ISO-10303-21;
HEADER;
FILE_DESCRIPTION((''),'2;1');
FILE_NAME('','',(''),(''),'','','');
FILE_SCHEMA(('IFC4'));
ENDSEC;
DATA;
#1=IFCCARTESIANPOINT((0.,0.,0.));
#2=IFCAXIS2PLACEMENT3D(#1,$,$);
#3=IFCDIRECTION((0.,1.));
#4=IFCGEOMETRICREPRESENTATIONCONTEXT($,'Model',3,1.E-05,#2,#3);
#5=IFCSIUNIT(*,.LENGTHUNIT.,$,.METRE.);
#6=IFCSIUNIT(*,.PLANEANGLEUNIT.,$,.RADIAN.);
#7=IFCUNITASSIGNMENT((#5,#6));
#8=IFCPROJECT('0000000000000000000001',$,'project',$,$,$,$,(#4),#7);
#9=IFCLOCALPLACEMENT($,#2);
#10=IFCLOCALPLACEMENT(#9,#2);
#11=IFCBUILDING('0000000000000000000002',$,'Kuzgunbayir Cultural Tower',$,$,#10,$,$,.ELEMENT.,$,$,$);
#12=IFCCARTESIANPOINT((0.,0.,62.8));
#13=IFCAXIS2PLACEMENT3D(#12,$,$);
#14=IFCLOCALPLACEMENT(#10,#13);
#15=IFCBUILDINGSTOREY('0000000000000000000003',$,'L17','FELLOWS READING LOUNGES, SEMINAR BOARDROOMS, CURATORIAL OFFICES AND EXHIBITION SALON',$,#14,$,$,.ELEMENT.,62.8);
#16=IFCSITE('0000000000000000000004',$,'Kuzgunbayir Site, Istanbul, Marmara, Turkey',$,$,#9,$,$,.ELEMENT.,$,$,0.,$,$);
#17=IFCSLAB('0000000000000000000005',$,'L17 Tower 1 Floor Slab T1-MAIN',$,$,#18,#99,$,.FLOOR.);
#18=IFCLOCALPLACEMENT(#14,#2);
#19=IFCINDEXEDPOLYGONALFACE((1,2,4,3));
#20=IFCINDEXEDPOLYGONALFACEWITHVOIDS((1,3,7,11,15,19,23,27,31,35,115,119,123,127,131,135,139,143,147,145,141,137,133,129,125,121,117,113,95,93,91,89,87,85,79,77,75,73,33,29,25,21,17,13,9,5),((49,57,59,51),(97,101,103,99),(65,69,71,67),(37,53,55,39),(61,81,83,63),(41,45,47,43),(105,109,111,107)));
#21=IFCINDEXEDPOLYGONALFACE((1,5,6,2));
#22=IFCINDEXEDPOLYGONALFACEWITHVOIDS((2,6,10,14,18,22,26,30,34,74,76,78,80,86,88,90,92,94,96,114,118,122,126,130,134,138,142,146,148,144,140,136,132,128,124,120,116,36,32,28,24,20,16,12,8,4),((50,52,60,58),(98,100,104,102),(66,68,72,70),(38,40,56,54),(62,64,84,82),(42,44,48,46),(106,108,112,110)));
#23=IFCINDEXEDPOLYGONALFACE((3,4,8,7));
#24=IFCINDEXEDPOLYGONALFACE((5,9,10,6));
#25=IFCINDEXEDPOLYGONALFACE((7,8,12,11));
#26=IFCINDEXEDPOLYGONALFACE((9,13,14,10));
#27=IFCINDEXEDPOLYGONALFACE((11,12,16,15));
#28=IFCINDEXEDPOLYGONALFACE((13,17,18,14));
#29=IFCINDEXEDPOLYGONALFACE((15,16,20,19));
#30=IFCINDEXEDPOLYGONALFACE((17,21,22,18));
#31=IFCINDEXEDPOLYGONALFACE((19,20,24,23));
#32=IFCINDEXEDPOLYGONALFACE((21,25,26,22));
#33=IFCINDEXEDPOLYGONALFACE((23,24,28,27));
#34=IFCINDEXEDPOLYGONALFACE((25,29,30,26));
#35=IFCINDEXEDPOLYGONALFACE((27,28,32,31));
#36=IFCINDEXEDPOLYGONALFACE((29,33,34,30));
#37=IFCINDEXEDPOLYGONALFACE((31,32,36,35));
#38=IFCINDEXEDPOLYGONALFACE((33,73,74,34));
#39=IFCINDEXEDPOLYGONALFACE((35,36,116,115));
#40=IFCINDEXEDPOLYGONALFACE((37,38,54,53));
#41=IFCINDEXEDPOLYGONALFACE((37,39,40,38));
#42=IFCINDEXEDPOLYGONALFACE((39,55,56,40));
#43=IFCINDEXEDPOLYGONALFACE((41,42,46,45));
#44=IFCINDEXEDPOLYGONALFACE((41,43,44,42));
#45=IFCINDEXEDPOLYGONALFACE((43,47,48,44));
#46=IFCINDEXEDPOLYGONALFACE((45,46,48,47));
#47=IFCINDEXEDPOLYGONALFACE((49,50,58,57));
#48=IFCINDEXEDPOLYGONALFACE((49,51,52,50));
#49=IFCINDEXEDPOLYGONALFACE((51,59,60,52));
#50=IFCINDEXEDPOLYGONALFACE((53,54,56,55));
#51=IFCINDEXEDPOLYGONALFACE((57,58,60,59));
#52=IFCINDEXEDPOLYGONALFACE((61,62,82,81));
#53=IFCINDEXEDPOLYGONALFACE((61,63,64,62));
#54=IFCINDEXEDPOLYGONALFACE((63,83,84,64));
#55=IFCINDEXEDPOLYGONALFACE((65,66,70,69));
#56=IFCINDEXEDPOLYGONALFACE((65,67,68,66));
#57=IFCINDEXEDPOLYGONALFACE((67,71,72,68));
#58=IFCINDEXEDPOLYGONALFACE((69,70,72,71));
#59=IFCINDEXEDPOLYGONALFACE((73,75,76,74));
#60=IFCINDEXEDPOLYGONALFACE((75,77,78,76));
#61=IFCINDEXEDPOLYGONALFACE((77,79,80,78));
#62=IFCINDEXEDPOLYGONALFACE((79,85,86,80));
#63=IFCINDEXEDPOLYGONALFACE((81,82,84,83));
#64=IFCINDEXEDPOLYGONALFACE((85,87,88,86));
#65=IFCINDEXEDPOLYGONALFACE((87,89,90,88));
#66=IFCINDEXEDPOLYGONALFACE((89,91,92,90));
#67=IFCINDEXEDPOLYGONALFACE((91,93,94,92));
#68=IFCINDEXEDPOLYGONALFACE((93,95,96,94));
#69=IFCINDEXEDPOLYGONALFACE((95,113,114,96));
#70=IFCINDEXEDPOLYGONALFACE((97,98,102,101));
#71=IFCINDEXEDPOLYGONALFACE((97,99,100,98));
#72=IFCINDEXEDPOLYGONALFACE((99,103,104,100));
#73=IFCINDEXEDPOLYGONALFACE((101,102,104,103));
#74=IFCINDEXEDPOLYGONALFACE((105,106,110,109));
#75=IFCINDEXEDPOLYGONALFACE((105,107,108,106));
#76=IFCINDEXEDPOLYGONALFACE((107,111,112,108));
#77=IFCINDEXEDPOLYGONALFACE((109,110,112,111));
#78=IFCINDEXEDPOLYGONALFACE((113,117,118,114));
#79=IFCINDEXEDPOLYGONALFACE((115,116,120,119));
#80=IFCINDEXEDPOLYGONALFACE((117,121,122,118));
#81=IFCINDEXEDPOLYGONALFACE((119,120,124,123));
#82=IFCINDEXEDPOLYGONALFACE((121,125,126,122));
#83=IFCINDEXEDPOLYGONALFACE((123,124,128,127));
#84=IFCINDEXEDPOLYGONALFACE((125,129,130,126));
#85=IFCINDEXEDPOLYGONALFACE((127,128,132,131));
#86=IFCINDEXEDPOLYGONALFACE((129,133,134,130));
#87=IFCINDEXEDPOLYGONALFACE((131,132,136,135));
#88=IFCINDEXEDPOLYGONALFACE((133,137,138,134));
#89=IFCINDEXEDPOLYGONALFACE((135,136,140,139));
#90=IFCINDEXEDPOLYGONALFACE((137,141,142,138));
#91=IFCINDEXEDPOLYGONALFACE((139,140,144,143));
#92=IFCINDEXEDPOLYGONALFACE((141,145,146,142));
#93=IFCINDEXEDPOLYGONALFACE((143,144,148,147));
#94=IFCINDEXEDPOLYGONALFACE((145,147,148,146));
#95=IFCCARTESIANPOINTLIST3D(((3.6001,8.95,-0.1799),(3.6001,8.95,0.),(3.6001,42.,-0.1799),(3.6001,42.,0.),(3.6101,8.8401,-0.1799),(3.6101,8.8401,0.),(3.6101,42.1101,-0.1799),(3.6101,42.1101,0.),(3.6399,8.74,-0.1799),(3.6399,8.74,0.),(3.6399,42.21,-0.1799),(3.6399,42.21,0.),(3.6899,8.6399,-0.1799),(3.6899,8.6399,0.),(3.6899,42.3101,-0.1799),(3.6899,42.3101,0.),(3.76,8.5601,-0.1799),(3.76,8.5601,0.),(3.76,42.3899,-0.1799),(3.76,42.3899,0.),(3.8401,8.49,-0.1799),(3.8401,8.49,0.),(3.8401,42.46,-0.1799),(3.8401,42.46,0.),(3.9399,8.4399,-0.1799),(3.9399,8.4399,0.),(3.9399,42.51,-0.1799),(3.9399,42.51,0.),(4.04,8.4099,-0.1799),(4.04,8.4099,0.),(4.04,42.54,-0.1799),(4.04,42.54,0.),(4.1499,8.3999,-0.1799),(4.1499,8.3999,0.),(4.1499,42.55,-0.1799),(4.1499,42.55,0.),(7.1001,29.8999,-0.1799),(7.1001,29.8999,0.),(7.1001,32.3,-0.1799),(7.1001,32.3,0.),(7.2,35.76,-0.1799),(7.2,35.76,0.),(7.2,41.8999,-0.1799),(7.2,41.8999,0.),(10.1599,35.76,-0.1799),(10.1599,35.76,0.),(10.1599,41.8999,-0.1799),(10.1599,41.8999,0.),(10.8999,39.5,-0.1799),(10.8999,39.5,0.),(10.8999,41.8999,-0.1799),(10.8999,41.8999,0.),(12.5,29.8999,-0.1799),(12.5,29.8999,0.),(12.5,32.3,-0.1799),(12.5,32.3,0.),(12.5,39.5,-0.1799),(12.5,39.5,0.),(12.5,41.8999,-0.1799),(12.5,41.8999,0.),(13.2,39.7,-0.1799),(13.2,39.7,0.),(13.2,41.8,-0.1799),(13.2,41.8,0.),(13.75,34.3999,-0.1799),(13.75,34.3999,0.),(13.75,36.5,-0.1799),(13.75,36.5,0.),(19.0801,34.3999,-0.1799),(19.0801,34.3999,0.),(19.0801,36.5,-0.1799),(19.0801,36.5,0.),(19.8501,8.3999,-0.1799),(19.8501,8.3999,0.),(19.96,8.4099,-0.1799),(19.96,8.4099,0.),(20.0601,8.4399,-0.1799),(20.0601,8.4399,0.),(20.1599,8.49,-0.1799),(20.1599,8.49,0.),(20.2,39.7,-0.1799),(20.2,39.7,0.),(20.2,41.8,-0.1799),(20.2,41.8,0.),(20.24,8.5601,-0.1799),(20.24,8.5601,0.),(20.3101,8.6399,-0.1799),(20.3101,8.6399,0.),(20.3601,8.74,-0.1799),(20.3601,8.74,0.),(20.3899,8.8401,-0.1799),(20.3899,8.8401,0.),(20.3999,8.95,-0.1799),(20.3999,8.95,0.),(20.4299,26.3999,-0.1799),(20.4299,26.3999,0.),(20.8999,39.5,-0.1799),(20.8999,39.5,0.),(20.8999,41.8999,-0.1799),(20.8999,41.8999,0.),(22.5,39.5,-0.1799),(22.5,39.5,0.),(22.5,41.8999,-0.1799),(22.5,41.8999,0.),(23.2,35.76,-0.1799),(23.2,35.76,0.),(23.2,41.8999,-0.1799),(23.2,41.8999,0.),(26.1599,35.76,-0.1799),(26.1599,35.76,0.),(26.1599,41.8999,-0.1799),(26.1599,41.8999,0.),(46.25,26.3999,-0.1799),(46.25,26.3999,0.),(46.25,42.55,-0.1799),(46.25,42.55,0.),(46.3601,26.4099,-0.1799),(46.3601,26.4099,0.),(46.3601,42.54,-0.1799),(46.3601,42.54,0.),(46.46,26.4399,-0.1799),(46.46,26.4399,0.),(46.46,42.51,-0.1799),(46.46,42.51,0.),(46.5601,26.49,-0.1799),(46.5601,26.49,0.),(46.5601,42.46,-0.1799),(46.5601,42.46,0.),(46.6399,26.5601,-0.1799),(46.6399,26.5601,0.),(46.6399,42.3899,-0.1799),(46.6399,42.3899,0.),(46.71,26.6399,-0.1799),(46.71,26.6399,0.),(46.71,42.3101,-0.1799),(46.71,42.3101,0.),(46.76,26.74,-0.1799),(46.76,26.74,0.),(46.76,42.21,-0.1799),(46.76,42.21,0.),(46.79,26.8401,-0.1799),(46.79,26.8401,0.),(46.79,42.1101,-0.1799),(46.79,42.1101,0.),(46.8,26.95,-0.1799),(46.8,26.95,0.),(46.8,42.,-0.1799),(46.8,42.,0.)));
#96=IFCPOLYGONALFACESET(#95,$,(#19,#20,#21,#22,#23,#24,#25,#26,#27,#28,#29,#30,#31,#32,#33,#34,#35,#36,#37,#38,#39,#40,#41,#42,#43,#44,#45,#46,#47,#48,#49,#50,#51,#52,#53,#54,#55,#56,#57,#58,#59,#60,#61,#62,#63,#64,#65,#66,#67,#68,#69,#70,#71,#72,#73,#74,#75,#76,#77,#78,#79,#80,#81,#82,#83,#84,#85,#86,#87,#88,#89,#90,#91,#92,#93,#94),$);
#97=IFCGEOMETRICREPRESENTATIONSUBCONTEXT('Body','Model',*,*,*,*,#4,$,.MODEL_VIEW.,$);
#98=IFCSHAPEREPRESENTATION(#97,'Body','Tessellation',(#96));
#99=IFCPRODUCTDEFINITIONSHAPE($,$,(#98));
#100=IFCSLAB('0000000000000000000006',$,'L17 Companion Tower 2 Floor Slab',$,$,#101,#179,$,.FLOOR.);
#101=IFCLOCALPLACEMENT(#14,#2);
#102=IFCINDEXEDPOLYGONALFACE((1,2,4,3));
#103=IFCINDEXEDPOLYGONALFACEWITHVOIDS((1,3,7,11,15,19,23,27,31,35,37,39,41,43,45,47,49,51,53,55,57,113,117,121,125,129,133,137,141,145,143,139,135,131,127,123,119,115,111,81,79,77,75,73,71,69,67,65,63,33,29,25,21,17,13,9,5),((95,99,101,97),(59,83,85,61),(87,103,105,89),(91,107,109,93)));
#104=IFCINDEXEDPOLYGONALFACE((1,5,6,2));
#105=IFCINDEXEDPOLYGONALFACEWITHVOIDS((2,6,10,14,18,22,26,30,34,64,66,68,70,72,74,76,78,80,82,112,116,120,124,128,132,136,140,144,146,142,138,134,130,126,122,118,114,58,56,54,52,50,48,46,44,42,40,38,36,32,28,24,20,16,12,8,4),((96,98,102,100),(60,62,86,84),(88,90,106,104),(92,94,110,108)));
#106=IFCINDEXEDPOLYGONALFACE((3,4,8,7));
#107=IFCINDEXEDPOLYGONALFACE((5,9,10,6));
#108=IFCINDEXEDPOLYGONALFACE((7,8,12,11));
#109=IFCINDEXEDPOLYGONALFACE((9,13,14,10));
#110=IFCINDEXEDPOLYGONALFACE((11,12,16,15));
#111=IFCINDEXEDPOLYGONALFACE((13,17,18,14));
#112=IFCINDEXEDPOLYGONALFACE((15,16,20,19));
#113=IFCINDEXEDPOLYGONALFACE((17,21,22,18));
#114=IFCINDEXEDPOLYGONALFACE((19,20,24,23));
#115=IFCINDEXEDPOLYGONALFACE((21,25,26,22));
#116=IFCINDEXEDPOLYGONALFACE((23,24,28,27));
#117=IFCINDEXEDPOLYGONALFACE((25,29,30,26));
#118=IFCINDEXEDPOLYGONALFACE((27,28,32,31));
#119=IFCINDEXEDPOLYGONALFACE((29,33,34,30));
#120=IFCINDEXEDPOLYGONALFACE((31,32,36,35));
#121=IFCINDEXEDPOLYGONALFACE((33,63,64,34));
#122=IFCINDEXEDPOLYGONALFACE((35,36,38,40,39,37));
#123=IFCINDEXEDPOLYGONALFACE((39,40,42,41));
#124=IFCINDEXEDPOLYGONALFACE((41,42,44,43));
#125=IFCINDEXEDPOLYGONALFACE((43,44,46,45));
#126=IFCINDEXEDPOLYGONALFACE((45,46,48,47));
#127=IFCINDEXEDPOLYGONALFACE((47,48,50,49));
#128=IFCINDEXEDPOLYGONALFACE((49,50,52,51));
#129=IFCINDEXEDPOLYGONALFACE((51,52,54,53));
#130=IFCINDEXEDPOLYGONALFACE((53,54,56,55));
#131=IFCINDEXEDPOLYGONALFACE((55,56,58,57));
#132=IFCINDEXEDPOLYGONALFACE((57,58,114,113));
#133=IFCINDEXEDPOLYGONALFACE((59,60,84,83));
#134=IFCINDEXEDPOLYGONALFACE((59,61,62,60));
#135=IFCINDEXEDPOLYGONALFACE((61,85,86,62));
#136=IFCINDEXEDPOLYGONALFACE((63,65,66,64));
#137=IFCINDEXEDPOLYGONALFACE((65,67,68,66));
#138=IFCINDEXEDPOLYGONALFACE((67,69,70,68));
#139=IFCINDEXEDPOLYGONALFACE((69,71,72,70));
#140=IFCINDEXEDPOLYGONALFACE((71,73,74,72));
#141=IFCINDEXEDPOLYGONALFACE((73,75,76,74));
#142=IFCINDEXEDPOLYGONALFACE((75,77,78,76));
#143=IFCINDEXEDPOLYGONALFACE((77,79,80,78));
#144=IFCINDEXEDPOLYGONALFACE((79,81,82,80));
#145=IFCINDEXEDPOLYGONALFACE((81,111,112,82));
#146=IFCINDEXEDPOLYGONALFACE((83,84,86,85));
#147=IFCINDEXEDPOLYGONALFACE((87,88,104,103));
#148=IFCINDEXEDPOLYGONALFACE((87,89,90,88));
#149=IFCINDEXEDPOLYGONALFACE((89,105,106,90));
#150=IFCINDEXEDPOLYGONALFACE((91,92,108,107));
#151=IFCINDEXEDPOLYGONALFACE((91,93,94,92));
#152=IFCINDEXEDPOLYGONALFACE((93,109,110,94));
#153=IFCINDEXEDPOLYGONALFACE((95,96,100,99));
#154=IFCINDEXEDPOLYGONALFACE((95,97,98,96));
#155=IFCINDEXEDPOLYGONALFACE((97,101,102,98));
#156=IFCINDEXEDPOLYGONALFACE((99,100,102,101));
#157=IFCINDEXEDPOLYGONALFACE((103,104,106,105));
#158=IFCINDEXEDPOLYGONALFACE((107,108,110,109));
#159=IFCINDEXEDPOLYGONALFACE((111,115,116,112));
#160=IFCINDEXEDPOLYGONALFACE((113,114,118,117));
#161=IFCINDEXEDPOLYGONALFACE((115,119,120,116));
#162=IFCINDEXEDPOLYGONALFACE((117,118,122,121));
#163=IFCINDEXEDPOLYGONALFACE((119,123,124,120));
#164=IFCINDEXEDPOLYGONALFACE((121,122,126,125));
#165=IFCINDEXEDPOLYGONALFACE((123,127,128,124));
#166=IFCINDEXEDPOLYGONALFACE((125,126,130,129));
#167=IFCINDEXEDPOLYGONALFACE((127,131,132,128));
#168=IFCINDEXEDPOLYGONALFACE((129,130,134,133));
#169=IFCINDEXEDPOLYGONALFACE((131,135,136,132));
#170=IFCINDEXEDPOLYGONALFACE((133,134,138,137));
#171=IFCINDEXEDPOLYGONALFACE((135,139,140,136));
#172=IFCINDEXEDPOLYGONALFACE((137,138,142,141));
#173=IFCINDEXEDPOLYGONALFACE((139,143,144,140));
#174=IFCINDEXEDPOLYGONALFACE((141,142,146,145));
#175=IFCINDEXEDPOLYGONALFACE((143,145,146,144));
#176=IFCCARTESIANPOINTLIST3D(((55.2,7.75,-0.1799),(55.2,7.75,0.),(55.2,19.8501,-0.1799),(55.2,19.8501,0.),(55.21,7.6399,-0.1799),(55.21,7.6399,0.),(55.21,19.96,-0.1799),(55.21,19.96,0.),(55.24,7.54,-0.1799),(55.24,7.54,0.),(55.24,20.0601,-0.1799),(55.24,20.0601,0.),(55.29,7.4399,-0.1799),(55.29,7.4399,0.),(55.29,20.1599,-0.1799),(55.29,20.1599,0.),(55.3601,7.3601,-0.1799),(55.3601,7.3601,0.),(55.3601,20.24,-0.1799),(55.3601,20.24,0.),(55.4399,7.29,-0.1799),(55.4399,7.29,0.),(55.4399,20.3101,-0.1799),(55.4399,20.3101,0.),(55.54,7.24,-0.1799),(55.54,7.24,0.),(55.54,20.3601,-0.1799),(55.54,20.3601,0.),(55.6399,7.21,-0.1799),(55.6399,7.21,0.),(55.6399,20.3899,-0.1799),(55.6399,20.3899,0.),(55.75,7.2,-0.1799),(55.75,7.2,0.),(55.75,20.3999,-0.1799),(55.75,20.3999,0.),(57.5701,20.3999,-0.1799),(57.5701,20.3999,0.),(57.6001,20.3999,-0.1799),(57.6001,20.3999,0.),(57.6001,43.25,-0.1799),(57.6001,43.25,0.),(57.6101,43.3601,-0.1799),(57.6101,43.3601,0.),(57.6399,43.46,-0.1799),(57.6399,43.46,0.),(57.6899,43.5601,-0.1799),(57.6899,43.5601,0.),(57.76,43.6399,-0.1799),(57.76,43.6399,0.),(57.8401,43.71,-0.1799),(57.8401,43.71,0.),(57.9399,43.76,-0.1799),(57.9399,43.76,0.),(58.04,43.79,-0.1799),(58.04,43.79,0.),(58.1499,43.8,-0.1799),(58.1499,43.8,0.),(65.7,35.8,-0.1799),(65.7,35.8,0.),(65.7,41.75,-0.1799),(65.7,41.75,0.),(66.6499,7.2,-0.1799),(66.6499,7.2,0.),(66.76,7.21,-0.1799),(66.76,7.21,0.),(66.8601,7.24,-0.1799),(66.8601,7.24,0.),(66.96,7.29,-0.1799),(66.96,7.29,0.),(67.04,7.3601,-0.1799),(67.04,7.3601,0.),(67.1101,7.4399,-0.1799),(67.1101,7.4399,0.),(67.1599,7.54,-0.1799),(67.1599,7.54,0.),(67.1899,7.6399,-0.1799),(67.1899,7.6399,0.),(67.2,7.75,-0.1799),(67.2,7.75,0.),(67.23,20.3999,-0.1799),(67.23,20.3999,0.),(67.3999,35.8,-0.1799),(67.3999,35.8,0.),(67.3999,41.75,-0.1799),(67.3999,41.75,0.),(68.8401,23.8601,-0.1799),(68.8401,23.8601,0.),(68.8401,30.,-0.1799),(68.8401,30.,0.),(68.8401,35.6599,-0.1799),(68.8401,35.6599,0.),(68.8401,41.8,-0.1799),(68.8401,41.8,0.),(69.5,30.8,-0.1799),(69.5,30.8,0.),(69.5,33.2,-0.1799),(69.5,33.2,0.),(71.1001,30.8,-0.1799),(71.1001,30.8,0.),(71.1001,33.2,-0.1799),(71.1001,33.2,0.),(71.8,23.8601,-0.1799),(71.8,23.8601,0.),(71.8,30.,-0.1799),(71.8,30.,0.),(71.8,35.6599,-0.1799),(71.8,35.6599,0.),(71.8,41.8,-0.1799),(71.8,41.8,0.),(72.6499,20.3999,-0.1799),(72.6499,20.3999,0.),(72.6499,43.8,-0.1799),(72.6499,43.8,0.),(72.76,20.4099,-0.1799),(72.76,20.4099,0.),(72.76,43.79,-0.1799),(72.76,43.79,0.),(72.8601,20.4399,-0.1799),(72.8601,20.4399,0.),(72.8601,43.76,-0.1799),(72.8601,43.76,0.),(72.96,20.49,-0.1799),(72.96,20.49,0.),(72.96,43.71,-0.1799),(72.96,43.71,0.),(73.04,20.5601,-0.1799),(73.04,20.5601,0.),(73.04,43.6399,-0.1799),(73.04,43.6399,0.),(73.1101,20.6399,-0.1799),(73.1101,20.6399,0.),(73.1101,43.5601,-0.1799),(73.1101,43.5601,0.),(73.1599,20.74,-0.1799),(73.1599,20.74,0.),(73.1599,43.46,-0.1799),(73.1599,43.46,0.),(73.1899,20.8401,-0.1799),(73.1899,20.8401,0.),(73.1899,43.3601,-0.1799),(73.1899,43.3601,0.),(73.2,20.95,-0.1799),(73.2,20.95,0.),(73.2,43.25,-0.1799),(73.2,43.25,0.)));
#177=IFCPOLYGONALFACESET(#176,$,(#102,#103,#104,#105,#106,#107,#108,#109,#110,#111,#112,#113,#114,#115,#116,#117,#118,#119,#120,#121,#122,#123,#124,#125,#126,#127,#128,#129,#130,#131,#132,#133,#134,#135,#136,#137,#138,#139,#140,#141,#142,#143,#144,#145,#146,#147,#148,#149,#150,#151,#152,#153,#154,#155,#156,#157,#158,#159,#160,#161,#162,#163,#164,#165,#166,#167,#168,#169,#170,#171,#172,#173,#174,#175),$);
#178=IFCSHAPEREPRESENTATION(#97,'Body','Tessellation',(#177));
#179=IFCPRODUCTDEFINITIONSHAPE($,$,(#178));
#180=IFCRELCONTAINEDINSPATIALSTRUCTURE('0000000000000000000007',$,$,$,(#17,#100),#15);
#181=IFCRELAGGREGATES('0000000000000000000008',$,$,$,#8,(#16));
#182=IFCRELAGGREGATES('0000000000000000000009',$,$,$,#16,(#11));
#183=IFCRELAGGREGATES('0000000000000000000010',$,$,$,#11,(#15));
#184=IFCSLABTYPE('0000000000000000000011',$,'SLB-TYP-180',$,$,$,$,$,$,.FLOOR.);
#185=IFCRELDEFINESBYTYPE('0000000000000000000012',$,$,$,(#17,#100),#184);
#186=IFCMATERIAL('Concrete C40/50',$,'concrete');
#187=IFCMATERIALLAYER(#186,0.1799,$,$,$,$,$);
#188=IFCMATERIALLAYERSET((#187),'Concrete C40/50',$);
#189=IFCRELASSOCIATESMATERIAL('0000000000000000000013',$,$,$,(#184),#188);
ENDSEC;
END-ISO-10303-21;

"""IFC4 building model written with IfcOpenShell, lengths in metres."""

from ifc_helpers import new_model, si_unit, direction, frame, origin, place, context, subcontext, project, spatial, polyline, outline, extrude, material, layer, layer_set, type_object, element, save


model = new_model("IFC4")

# Units and contexts
model_context = context("Model", 3, precision=1e-05, world=origin(), true_north=direction((0.0, 1.0)))
body_context = subcontext(model_context, "Body", "Model", "MODEL_VIEW")
ifc_project = project(units=[si_unit("LENGTHUNIT", "METRE"), si_unit("PLANEANGLEUNIT", "RADIAN")], contexts=[model_context])

# Site, building, storey
site_placement = place(None, origin())
site = spatial("IfcSite", under=ifc_project, at=site_placement, Name="Kuzgunbayir Site, Istanbul, Marmara, Turkey", CompositionType="ELEMENT", RefElevation=0.0)
building_placement = place(site_placement, origin())
building = spatial("IfcBuilding", under=site, at=building_placement, Name="Kuzgunbayir Cultural Tower", CompositionType="ELEMENT")
storey_placement = place(building_placement, frame((0.0, 0.0, 62.8)))
storey = spatial("IfcBuildingStorey", under=building, at=storey_placement, Name="L17", Description="FELLOWS READING LOUNGES, SEMINAR BOARDROOMS, CURATORIAL OFFICES AND EXHIBITION SALON", CompositionType="ELEMENT", Elevation=62.8)

# Shared definitions
ifc_material_1 = material(Name="Concrete C40/50", Category="concrete")

# Slabs
ifc_layer_1 = layer(ifc_material_1, 0.1799)
ifc_layer_set_1 = layer_set([ifc_layer_1], Name="Concrete C40/50")
slab_type_1 = type_object("IfcSlabType", Name="SLB-TYP-180", PredefinedType="FLOOR", material=ifc_layer_set_1)
slab_1_placement = place(storey_placement, frame((0.0, 0.0, -0.1799)))
element("IfcSlab", 1, at=slab_1_placement, inside=storey, type_object=slab_type_1, Name="L17 Tower 1 Floor Slab T1-MAIN", PredefinedType="FLOOR", context=body_context, shape_type="SweptSolid", body=[
    extrude(outline(polyline([(20.3999, 8.95), (20.3899, 8.8401), (20.3601, 8.74), (20.3101, 8.6399), (20.24, 8.5601), (20.1599, 8.49), (20.0601, 8.4399), (19.96, 8.4099), (19.8501, 8.3999), (4.1499, 8.3999), (4.04, 8.4099), (3.9399, 8.4399), (3.8401, 8.49), (3.76, 8.5601), (3.6899, 8.6399), (3.6399, 8.74), (3.6101, 8.8401), (3.6001, 8.95), (3.6001, 42.0), (3.6101, 42.1101), (3.6399, 42.21), (3.6899, 42.3101), (3.76, 42.3899), (3.8401, 42.46), (3.9399, 42.51), (4.04, 42.54), (4.1499, 42.55), (46.25, 42.55), (46.3601, 42.54), (46.46, 42.51), (46.5601, 42.46), (46.6399, 42.3899), (46.71, 42.3101), (46.76, 42.21), (46.79, 42.1101), (46.8, 42.0), (46.8, 26.95), (46.79, 26.8401), (46.76, 26.74), (46.71, 26.6399), (46.6399, 26.5601), (46.5601, 26.49), (46.46, 26.4399), (46.3601, 26.4099), (46.25, 26.3999), (20.4299, 26.3999), (20.3999, 8.95)]), holes=[polyline([(7.2, 35.76), (7.2, 41.8999), (10.1599, 41.8999), (10.1599, 35.76), (7.2, 35.76)]), polyline([(23.2, 35.76), (23.2, 41.8999), (26.1599, 41.8999), (26.1599, 35.76), (23.2, 35.76)]), polyline([(13.2, 39.7), (13.2, 41.8), (20.2, 41.8), (20.2, 39.7), (13.2, 39.7)]), polyline([(13.75, 34.3999), (13.75, 36.5), (19.0801, 36.5), (19.0801, 34.3999), (13.75, 34.3999)]), polyline([(7.1001, 29.8999), (7.1001, 32.3), (12.5, 32.3), (12.5, 29.8999), (7.1001, 29.8999)]), polyline([(10.8999, 39.5), (10.8999, 41.8999), (12.5, 41.8999), (12.5, 39.5), (10.8999, 39.5)]), polyline([(20.8999, 39.5), (20.8999, 41.8999), (22.5, 41.8999), (22.5, 39.5), (20.8999, 39.5)])]), origin(), (0.0, 0.0, 1.0), 0.1799),
])
slab_2_placement = place(storey_placement, frame((0.0, 0.0, -0.1799)))
element("IfcSlab", 2, at=slab_2_placement, inside=storey, type_object=slab_type_1, Name="L17 Companion Tower 2 Floor Slab", PredefinedType="FLOOR", context=body_context, shape_type="SweptSolid", body=[
    extrude(outline(polyline([(57.6001, 20.3999), (57.6001, 43.25), (57.6101, 43.3601), (57.6399, 43.46), (57.6899, 43.5601), (57.76, 43.6399), (57.8401, 43.71), (57.9399, 43.76), (58.04, 43.79), (58.1499, 43.8), (72.6499, 43.8), (72.76, 43.79), (72.8601, 43.76), (72.96, 43.71), (73.04, 43.6399), (73.1101, 43.5601), (73.1599, 43.46), (73.1899, 43.3601), (73.2, 43.25), (73.2, 20.95), (73.1899, 20.8401), (73.1599, 20.74), (73.1101, 20.6399), (73.04, 20.5601), (72.96, 20.49), (72.8601, 20.4399), (72.76, 20.4099), (72.6499, 20.3999), (67.23, 20.3999), (67.2, 7.75), (67.1899, 7.6399), (67.1599, 7.54), (67.1101, 7.4399), (67.04, 7.3601), (66.96, 7.29), (66.8601, 7.24), (66.76, 7.21), (66.6499, 7.2), (55.75, 7.2), (55.6399, 7.21), (55.54, 7.24), (55.4399, 7.29), (55.3601, 7.3601), (55.29, 7.4399), (55.24, 7.54), (55.21, 7.6399), (55.2, 7.75), (55.2, 19.8501), (55.21, 19.96), (55.24, 20.0601), (55.29, 20.1599), (55.3601, 20.24), (55.4399, 20.3101), (55.54, 20.3601), (55.6399, 20.3899), (55.75, 20.3999), (57.5701, 20.3999), (57.6001, 20.3999)]), holes=[polyline([(68.8401, 23.8601), (68.8401, 30.0), (71.8, 30.0), (71.8, 23.8601), (68.8401, 23.8601)]), polyline([(68.8401, 35.6599), (68.8401, 41.8), (71.8, 41.8), (71.8, 35.6599), (68.8401, 35.6599)]), polyline([(65.7, 35.8), (65.7, 41.75), (67.3999, 41.75), (67.3999, 35.8), (65.7, 35.8)]), polyline([(69.5, 30.8), (69.5, 33.2), (71.1001, 33.2), (71.1001, 30.8), (69.5, 30.8)])]), origin(), (0.0, 0.0, 1.0), 0.1799),
])

save(model, "model.ifc")
